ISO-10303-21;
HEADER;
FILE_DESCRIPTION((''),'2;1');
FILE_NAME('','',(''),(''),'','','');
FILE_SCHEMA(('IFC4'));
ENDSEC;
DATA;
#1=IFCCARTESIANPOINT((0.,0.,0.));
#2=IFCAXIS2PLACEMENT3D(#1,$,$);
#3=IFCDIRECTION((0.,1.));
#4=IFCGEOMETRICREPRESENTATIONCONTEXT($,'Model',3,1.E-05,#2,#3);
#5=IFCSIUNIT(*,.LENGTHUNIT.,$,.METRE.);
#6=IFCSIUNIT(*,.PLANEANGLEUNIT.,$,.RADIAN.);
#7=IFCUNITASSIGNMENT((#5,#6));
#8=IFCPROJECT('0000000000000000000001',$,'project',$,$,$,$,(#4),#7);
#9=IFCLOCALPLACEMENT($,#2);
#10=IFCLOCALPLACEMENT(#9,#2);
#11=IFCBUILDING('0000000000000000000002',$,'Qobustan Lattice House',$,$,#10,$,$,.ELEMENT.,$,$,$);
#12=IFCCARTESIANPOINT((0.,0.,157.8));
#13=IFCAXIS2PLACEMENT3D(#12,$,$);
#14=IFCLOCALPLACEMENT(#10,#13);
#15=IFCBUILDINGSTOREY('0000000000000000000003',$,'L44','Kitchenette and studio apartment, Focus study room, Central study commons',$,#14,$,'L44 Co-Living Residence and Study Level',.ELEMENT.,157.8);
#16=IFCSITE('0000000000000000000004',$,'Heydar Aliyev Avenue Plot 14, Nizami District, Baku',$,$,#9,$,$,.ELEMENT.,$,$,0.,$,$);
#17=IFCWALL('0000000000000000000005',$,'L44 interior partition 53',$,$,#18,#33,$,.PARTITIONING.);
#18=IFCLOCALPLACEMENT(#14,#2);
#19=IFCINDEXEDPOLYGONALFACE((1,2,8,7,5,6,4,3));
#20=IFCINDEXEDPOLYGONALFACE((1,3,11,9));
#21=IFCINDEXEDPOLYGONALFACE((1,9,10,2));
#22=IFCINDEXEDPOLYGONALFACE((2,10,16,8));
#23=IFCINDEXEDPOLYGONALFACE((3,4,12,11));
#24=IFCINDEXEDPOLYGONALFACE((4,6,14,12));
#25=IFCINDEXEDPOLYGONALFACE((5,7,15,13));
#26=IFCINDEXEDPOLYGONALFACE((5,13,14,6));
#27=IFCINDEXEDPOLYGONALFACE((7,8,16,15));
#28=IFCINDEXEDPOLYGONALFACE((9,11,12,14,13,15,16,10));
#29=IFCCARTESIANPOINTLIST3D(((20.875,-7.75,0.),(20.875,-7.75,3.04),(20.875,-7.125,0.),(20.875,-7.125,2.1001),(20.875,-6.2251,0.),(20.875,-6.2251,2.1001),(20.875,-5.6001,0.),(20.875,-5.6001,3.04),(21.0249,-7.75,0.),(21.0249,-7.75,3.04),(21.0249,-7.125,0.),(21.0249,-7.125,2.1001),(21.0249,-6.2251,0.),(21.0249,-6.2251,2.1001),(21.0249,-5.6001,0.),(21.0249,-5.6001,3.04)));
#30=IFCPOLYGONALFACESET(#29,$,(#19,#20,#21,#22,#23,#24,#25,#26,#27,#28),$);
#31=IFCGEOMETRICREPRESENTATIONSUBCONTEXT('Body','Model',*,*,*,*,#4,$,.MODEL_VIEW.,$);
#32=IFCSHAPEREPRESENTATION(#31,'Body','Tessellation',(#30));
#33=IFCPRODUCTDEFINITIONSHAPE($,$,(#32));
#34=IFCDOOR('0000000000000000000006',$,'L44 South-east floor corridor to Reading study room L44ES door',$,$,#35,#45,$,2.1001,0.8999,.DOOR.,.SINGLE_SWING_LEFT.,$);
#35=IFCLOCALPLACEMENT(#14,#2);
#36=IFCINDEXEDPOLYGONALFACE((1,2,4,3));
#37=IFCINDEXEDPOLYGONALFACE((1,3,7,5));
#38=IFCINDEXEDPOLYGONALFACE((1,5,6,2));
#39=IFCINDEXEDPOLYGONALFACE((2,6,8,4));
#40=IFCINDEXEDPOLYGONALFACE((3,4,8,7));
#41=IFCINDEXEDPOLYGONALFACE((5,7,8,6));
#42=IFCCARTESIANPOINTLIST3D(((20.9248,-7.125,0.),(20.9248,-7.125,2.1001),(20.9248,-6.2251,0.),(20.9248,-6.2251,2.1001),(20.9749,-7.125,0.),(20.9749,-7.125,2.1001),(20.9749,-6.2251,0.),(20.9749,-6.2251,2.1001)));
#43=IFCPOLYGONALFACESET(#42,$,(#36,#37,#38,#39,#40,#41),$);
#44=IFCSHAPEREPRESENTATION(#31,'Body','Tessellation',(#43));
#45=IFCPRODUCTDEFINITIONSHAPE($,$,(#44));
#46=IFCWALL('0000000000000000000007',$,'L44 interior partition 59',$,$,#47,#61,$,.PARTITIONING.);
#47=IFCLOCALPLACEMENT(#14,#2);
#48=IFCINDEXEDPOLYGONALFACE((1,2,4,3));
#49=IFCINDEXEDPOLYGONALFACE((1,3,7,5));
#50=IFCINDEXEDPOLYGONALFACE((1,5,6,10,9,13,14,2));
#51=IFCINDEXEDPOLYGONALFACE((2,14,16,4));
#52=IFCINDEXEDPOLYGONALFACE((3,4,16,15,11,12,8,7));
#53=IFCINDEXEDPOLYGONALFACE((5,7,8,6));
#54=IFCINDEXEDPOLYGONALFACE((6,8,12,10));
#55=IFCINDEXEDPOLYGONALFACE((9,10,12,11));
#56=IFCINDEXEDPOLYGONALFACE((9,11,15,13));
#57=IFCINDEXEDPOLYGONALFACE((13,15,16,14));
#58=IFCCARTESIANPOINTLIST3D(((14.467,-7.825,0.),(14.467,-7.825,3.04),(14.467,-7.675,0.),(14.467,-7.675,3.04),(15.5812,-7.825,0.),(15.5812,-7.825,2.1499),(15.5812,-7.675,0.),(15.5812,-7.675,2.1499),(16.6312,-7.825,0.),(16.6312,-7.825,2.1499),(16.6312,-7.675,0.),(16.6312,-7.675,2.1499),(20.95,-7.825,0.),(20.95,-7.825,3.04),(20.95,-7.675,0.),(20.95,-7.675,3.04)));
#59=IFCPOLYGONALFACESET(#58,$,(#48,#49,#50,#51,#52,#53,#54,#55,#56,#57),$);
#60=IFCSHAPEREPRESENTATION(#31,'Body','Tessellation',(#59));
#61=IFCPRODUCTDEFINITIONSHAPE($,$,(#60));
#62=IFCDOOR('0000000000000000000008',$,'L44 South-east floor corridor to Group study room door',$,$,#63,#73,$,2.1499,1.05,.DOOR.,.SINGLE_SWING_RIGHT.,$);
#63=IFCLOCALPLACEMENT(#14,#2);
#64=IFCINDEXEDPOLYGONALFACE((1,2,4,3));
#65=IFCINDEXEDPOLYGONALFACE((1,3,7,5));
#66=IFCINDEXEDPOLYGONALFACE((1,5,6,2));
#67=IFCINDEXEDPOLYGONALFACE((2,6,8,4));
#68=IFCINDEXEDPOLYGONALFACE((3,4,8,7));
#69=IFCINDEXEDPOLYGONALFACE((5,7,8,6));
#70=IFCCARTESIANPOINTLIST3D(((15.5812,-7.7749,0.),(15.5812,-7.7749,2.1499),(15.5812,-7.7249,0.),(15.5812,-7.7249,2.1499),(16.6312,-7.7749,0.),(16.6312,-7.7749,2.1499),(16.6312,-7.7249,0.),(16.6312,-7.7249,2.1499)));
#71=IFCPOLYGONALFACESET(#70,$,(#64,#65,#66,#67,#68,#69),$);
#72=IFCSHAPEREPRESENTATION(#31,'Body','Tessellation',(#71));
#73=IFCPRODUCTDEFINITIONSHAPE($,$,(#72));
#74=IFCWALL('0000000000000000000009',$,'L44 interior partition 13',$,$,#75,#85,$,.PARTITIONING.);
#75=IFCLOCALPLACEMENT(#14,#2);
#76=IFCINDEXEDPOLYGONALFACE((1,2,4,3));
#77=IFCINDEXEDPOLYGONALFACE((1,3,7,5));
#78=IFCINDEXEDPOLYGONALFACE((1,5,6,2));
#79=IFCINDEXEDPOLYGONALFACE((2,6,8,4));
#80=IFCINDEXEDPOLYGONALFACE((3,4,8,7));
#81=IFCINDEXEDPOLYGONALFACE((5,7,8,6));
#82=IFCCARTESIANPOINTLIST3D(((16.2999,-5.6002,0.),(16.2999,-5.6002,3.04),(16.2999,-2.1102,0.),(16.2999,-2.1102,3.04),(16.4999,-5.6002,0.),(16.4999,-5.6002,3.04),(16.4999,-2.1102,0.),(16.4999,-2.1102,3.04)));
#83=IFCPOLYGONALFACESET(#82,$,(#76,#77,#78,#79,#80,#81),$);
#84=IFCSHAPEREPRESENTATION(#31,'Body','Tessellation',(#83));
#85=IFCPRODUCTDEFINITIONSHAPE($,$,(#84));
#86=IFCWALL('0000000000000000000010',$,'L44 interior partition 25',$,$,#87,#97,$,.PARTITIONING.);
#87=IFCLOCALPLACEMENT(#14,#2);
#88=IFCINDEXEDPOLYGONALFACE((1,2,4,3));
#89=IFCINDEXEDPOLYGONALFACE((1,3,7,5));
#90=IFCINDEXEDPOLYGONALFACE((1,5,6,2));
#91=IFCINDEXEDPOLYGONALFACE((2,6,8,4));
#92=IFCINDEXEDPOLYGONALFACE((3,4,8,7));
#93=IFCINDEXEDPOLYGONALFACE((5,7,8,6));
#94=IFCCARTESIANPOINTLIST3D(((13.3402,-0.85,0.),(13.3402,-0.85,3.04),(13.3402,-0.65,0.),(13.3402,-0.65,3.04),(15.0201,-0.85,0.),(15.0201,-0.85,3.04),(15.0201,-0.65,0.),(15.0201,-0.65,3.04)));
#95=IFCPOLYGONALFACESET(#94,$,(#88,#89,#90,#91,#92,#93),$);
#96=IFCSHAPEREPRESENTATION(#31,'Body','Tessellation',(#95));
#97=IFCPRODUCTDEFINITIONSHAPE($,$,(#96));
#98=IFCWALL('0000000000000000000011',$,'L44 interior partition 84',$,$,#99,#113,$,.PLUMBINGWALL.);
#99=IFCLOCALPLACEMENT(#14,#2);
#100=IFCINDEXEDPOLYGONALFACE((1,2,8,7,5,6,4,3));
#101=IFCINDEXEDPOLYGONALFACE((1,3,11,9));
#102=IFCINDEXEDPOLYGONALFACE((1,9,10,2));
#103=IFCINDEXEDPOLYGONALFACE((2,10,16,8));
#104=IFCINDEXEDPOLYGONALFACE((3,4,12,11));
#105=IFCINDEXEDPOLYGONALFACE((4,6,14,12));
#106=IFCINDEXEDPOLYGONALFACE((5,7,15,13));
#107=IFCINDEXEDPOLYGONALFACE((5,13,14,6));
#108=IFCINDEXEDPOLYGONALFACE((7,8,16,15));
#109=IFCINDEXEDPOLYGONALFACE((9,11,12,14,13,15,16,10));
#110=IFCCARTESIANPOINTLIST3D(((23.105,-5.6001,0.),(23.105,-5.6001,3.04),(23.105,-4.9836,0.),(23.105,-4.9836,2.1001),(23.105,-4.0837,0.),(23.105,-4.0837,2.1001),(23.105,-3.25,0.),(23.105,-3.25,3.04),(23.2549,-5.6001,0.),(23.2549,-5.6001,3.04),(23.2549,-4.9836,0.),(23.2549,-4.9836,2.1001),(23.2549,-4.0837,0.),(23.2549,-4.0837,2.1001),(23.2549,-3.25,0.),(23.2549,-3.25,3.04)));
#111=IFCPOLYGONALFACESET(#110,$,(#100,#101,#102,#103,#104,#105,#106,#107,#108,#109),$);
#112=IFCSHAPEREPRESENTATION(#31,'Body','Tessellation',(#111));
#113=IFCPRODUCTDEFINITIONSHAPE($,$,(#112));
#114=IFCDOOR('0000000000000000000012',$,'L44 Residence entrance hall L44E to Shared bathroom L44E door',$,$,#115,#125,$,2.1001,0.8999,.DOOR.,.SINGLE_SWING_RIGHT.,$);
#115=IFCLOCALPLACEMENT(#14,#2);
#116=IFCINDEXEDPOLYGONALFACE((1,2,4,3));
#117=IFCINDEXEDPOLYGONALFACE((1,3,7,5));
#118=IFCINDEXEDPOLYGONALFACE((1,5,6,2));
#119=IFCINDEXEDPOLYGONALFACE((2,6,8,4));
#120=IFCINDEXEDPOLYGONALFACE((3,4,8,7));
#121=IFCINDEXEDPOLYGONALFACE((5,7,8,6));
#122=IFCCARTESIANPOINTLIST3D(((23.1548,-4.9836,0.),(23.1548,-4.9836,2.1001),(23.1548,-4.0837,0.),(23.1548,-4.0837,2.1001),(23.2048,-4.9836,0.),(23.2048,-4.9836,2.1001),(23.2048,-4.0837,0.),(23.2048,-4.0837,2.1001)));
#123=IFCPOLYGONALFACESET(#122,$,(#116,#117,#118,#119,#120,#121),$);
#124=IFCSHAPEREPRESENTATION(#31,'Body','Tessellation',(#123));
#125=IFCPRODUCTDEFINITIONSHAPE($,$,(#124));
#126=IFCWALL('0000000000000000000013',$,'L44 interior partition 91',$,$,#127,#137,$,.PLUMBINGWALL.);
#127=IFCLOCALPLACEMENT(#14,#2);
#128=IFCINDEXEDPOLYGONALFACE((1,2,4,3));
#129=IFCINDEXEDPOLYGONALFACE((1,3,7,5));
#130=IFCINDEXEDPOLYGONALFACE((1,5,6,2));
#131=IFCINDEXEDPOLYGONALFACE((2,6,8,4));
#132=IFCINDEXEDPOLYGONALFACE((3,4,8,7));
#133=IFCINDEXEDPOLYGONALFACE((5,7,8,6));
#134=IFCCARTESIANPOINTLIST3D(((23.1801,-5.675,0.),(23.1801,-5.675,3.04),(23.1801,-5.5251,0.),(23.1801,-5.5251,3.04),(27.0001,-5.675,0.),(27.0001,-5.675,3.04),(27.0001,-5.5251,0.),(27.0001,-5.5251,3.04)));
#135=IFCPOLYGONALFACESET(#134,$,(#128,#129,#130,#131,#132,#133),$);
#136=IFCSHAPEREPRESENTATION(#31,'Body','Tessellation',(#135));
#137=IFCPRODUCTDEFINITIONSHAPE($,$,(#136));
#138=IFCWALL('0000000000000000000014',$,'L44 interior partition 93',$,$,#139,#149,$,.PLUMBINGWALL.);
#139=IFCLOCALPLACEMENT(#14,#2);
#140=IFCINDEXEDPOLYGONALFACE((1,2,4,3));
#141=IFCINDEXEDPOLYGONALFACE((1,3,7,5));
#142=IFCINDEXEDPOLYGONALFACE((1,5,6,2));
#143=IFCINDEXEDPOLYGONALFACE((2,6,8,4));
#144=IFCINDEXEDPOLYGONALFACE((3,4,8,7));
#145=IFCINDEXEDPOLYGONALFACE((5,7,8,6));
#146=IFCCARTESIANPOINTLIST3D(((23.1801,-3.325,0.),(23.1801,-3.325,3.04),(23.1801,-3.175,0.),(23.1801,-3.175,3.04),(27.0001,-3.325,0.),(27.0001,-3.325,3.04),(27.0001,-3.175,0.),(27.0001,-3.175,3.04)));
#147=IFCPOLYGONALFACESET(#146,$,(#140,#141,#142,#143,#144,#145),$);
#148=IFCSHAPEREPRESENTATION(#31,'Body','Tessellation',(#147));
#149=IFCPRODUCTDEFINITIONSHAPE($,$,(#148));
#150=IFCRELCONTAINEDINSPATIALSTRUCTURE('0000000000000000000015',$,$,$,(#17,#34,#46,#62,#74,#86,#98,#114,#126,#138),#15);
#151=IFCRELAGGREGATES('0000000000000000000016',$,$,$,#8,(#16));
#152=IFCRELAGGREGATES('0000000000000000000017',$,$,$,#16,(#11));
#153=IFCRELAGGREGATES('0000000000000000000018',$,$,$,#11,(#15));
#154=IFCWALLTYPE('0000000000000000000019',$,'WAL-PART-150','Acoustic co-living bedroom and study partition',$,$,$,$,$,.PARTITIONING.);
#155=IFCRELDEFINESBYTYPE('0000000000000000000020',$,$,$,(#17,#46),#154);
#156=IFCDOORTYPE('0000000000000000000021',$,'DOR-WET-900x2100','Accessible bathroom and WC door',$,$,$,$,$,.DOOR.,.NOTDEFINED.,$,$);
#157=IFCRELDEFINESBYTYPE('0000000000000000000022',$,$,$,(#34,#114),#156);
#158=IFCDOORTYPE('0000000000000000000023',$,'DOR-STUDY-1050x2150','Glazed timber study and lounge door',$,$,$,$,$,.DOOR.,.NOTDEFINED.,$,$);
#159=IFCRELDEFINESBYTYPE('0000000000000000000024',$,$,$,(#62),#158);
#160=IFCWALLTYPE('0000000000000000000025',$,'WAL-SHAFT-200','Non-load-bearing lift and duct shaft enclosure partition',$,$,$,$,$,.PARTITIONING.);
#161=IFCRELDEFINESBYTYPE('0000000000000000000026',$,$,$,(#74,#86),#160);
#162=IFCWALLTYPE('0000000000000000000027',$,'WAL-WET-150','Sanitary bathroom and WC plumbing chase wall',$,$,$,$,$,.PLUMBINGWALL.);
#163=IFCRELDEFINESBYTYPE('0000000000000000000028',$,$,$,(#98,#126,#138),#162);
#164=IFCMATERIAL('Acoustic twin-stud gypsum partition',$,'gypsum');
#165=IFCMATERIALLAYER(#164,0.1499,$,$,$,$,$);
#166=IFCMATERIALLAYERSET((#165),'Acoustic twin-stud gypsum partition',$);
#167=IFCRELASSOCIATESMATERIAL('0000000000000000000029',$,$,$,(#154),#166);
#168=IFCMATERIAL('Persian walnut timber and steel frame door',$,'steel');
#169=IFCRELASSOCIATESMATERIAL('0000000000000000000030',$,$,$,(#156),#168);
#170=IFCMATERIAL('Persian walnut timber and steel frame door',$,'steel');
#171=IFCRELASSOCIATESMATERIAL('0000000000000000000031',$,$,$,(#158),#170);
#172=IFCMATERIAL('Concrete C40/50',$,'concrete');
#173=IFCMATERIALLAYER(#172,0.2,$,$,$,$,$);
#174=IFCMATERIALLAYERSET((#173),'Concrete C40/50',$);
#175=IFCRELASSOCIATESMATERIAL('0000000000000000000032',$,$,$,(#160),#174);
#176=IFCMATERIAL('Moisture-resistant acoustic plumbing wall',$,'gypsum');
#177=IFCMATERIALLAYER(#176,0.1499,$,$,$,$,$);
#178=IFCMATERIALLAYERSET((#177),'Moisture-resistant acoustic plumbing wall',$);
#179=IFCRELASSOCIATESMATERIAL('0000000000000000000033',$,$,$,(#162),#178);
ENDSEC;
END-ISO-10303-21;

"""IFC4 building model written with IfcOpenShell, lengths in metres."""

from ifc_helpers import new_model, si_unit, direction, frame, frame_2d, origin, place, context, subcontext, project, spatial, rectangle, extrude, material, layer, layer_set, type_object, element, fill, save


model = new_model("IFC4")

# Units and contexts
model_context = context("Model", 3, precision=1e-05, world=origin(), true_north=direction((0.0, 1.0)))
body_context = subcontext(model_context, "Body", "Model", "MODEL_VIEW")
ifc_project = project(units=[si_unit("LENGTHUNIT", "METRE"), si_unit("PLANEANGLEUNIT", "RADIAN")], contexts=[model_context])

# Site, building, storey
site_placement = place(None, origin())
site = spatial("IfcSite", under=ifc_project, at=site_placement, Name="Heydar Aliyev Avenue Plot 14, Nizami District, Baku", CompositionType="ELEMENT", RefElevation=0.0)
building_placement = place(site_placement, origin())
building = spatial("IfcBuilding", under=site, at=building_placement, Name="Qobustan Lattice House", CompositionType="ELEMENT")
storey_placement = place(building_placement, frame((0.0, 0.0, 157.8)))
storey = spatial("IfcBuildingStorey", under=building, at=storey_placement, Name="L44", Description="Kitchenette and studio apartment, Focus study room, Central study commons", LongName="L44 Co-Living Residence and Study Level", CompositionType="ELEMENT", Elevation=157.8)

# Walls, openings, doors
ifc_material_1 = material(Name="Acoustic twin-stud gypsum partition", Category="gypsum")
ifc_layer_1 = layer(ifc_material_1, 0.1499)
ifc_layer_set_1 = layer_set([ifc_layer_1], Name="Acoustic twin-stud gypsum partition")
wall_type_1 = type_object("IfcWallType", Name="WAL-PART-150", Description="Acoustic co-living bedroom and study partition", PredefinedType="PARTITIONING", material=ifc_layer_set_1)
wall_1_placement = place(storey_placement, frame((20.95, -5.6001, 0.0), z_axis=(0.0, 0.0, 1.0), x_axis=(0.0, -1.0, 0.0)))
wall_1 = element("IfcWall", 1, at=wall_1_placement, inside=storey, type_object=wall_type_1, Name="L44 interior partition 53", PredefinedType="PARTITIONING", context=body_context, shape_type="SweptSolid", body=[
    extrude(rectangle(XDim=2.1499, YDim=0.1499, at=frame_2d((1.075, 0.0))), origin(), (0.0, 0.0, 1.0), 3.04),
])
opening_1_placement = place(wall_1_placement, frame((0.625, 0.0, 0.0)))
opening_1 = element("IfcOpeningElement", 2, at=opening_1_placement, cuts=wall_1, PredefinedType="OPENING", context=body_context, shape_type="SweptSolid", body=[
    extrude(rectangle(XDim=0.8999, YDim=2.1001, at=frame_2d((0.45, 1.05))), frame((0.0, 0.085, 0.0), z_axis=(0.0, -1.0, 0.0), x_axis=(1.0, 0.0, 0.0)), (0.0, 0.0, 1.0), 0.1699),
])
ifc_material_2 = material(Name="Persian walnut timber and steel frame door", Category="steel")
door_type_1 = type_object("IfcDoorType", Name="DOR-WET-900x2100", Description="Accessible bathroom and WC door", OperationType="NOTDEFINED", PredefinedType="DOOR", material=ifc_material_2)
door_1_placement = place(opening_1_placement, origin())
door_1 = element("IfcDoor", 3, at=door_1_placement, inside=storey, type_object=door_type_1, Name="L44 South-east floor corridor to Reading study room L44ES door", OperationType="SINGLE_SWING_LEFT", OverallHeight=2.1001, OverallWidth=0.8999, PredefinedType="DOOR", context=body_context, shape_type="SweptSolid", body=[
    extrude(rectangle(XDim=0.8999, YDim=2.1001, at=frame_2d((0.45, 1.05))), frame((0.0, 0.0249, 0.0), z_axis=(0.0, -1.0, 0.0), x_axis=(1.0, 0.0, 0.0)), (0.0, 0.0, 1.0), 0.05),
])
fill(opening_1, door_1)
wall_2_placement = place(storey_placement, frame((20.95, -7.75, 0.0), z_axis=(0.0, 0.0, 1.0), x_axis=(-1.0, 0.0, 0.0)))
wall_2 = element("IfcWall", 4, at=wall_2_placement, inside=storey, type_object=wall_type_1, Name="L44 interior partition 59", PredefinedType="PARTITIONING", context=body_context, shape_type="SweptSolid", body=[
    extrude(rectangle(XDim=6.4829, YDim=0.1499, at=frame_2d((3.2415, 0.0))), origin(), (0.0, 0.0, 1.0), 3.04),
])
opening_2_placement = place(wall_2_placement, frame((4.3188, 0.0, 0.0)))
opening_2 = element("IfcOpeningElement", 5, at=opening_2_placement, cuts=wall_2, PredefinedType="OPENING", context=body_context, shape_type="SweptSolid", body=[
    extrude(rectangle(XDim=1.05, YDim=2.1499, at=frame_2d((0.5249, 1.075))), frame((0.0, 0.085, 0.0), z_axis=(0.0, -1.0, 0.0), x_axis=(1.0, 0.0, 0.0)), (0.0, 0.0, 1.0), 0.1699),
])
ifc_material_3 = material(Name="Persian walnut timber and steel frame door", Category="steel")
door_type_2 = type_object("IfcDoorType", Name="DOR-STUDY-1050x2150", Description="Glazed timber study and lounge door", OperationType="NOTDEFINED", PredefinedType="DOOR", material=ifc_material_3)
door_2_placement = place(opening_2_placement, origin())
door_2 = element("IfcDoor", 6, at=door_2_placement, inside=storey, type_object=door_type_2, Name="L44 South-east floor corridor to Group study room door", OperationType="SINGLE_SWING_RIGHT", OverallHeight=2.1499, OverallWidth=1.05, PredefinedType="DOOR", context=body_context, shape_type="SweptSolid", body=[
    extrude(rectangle(XDim=1.05, YDim=2.1499, at=frame_2d((0.5249, 1.075))), frame((0.0, 0.0249, 0.0), z_axis=(0.0, -1.0, 0.0), x_axis=(1.0, 0.0, 0.0)), (0.0, 0.0, 1.0), 0.05),
])
fill(opening_2, door_2)

# Walls
ifc_material_4 = material(Name="Concrete C40/50", Category="concrete")
ifc_layer_2 = layer(ifc_material_4, 0.2)
ifc_layer_set_2 = layer_set([ifc_layer_2], Name="Concrete C40/50")
wall_type_2 = type_object("IfcWallType", Name="WAL-SHAFT-200", Description="Non-load-bearing lift and duct shaft enclosure partition", PredefinedType="PARTITIONING", material=ifc_layer_set_2)
wall_3_placement = place(storey_placement, frame((16.3999, -2.1101, 0.0), z_axis=(0.0, 0.0, 1.0), x_axis=(0.0, -1.0, 0.0)))
element("IfcWall", 7, at=wall_3_placement, inside=storey, type_object=wall_type_2, Name="L44 interior partition 13", PredefinedType="PARTITIONING", context=body_context, shape_type="SweptSolid", body=[
    extrude(rectangle(XDim=3.49, YDim=0.2, at=frame_2d((1.7451, 0.0))), origin(), (0.0, 0.0, 1.0), 3.04),
])
wall_4_placement = place(storey_placement, frame((15.02, -0.75, 0.0), z_axis=(0.0, 0.0, 1.0), x_axis=(-1.0, 0.0, 0.0)))
element("IfcWall", 8, at=wall_4_placement, inside=storey, type_object=wall_type_2, Name="L44 interior partition 25", PredefinedType="PARTITIONING", context=body_context, shape_type="SweptSolid", body=[
    extrude(rectangle(XDim=1.6799, YDim=0.2, at=frame_2d((0.8398, 0.0))), origin(), (0.0, 0.0, 1.0), 3.04),
])

# Wall, opening, door
ifc_material_5 = material(Name="Moisture-resistant acoustic plumbing wall", Category="gypsum")
ifc_layer_3 = layer(ifc_material_5, 0.1499)
ifc_layer_set_3 = layer_set([ifc_layer_3], Name="Moisture-resistant acoustic plumbing wall")
wall_type_3 = type_object("IfcWallType", Name="WAL-WET-150", Description="Sanitary bathroom and WC plumbing chase wall", PredefinedType="PLUMBINGWALL", material=ifc_layer_set_3)
wall_5_placement = place(storey_placement, frame((23.1799, -3.25, 0.0), z_axis=(0.0, 0.0, 1.0), x_axis=(0.0, -1.0, 0.0)))
wall_5 = element("IfcWall", 9, at=wall_5_placement, inside=storey, type_object=wall_type_3, Name="L44 interior partition 84", PredefinedType="PLUMBINGWALL", context=body_context, shape_type="SweptSolid", body=[
    extrude(rectangle(XDim=2.3501, YDim=0.1499, at=frame_2d((1.175, 0.0))), origin(), (0.0, 0.0, 1.0), 3.04),
])
opening_3_placement = place(wall_5_placement, frame((0.8337, 0.0, 0.0)))
opening_3 = element("IfcOpeningElement", 10, at=opening_3_placement, cuts=wall_5, PredefinedType="OPENING", context=body_context, shape_type="SweptSolid", body=[
    extrude(rectangle(XDim=0.8999, YDim=2.1001, at=frame_2d((0.45, 1.05))), frame((0.0, 0.085, 0.0), z_axis=(0.0, -1.0, 0.0), x_axis=(1.0, 0.0, 0.0)), (0.0, 0.0, 1.0), 0.1699),
])
door_3_placement = place(opening_3_placement, origin())
door_3 = element("IfcDoor", 11, at=door_3_placement, inside=storey, type_object=door_type_1, Name="L44 Residence entrance hall L44E to Shared bathroom L44E door", OperationType="SINGLE_SWING_RIGHT", OverallHeight=2.1001, OverallWidth=0.8999, PredefinedType="DOOR", context=body_context, shape_type="SweptSolid", body=[
    extrude(rectangle(XDim=0.8999, YDim=2.1001, at=frame_2d((0.45, 1.05))), frame((0.0, 0.0249, 0.0), z_axis=(0.0, -1.0, 0.0), x_axis=(1.0, 0.0, 0.0)), (0.0, 0.0, 1.0), 0.05),
])
fill(opening_3, door_3)

# Walls
for number, where, z_axis, x_axis, name in (
    (12, (23.1799, -5.6001, 0.0), (0.0, 0.0, 1.0), (1.0, 0.0, 0.0), "L44 interior partition 91"),
    (13, (23.1799, -3.25, 0.0), (0.0, 0.0, 1.0), (1.0, 0.0, 0.0), "L44 interior partition 93"),
):
    element("IfcWall", number, at=place(storey_placement, frame(where, z_axis=z_axis, x_axis=x_axis)), inside=storey, type_object=wall_type_3, Name=name, PredefinedType="PLUMBINGWALL", context=body_context, shape_type="SweptSolid", body=[
        extrude(rectangle(XDim=3.8201, YDim=0.1499, at=frame_2d((1.9102, 0.0))), origin(), (0.0, 0.0, 1.0), 3.04),
    ])

save(model, "model.ifc")
